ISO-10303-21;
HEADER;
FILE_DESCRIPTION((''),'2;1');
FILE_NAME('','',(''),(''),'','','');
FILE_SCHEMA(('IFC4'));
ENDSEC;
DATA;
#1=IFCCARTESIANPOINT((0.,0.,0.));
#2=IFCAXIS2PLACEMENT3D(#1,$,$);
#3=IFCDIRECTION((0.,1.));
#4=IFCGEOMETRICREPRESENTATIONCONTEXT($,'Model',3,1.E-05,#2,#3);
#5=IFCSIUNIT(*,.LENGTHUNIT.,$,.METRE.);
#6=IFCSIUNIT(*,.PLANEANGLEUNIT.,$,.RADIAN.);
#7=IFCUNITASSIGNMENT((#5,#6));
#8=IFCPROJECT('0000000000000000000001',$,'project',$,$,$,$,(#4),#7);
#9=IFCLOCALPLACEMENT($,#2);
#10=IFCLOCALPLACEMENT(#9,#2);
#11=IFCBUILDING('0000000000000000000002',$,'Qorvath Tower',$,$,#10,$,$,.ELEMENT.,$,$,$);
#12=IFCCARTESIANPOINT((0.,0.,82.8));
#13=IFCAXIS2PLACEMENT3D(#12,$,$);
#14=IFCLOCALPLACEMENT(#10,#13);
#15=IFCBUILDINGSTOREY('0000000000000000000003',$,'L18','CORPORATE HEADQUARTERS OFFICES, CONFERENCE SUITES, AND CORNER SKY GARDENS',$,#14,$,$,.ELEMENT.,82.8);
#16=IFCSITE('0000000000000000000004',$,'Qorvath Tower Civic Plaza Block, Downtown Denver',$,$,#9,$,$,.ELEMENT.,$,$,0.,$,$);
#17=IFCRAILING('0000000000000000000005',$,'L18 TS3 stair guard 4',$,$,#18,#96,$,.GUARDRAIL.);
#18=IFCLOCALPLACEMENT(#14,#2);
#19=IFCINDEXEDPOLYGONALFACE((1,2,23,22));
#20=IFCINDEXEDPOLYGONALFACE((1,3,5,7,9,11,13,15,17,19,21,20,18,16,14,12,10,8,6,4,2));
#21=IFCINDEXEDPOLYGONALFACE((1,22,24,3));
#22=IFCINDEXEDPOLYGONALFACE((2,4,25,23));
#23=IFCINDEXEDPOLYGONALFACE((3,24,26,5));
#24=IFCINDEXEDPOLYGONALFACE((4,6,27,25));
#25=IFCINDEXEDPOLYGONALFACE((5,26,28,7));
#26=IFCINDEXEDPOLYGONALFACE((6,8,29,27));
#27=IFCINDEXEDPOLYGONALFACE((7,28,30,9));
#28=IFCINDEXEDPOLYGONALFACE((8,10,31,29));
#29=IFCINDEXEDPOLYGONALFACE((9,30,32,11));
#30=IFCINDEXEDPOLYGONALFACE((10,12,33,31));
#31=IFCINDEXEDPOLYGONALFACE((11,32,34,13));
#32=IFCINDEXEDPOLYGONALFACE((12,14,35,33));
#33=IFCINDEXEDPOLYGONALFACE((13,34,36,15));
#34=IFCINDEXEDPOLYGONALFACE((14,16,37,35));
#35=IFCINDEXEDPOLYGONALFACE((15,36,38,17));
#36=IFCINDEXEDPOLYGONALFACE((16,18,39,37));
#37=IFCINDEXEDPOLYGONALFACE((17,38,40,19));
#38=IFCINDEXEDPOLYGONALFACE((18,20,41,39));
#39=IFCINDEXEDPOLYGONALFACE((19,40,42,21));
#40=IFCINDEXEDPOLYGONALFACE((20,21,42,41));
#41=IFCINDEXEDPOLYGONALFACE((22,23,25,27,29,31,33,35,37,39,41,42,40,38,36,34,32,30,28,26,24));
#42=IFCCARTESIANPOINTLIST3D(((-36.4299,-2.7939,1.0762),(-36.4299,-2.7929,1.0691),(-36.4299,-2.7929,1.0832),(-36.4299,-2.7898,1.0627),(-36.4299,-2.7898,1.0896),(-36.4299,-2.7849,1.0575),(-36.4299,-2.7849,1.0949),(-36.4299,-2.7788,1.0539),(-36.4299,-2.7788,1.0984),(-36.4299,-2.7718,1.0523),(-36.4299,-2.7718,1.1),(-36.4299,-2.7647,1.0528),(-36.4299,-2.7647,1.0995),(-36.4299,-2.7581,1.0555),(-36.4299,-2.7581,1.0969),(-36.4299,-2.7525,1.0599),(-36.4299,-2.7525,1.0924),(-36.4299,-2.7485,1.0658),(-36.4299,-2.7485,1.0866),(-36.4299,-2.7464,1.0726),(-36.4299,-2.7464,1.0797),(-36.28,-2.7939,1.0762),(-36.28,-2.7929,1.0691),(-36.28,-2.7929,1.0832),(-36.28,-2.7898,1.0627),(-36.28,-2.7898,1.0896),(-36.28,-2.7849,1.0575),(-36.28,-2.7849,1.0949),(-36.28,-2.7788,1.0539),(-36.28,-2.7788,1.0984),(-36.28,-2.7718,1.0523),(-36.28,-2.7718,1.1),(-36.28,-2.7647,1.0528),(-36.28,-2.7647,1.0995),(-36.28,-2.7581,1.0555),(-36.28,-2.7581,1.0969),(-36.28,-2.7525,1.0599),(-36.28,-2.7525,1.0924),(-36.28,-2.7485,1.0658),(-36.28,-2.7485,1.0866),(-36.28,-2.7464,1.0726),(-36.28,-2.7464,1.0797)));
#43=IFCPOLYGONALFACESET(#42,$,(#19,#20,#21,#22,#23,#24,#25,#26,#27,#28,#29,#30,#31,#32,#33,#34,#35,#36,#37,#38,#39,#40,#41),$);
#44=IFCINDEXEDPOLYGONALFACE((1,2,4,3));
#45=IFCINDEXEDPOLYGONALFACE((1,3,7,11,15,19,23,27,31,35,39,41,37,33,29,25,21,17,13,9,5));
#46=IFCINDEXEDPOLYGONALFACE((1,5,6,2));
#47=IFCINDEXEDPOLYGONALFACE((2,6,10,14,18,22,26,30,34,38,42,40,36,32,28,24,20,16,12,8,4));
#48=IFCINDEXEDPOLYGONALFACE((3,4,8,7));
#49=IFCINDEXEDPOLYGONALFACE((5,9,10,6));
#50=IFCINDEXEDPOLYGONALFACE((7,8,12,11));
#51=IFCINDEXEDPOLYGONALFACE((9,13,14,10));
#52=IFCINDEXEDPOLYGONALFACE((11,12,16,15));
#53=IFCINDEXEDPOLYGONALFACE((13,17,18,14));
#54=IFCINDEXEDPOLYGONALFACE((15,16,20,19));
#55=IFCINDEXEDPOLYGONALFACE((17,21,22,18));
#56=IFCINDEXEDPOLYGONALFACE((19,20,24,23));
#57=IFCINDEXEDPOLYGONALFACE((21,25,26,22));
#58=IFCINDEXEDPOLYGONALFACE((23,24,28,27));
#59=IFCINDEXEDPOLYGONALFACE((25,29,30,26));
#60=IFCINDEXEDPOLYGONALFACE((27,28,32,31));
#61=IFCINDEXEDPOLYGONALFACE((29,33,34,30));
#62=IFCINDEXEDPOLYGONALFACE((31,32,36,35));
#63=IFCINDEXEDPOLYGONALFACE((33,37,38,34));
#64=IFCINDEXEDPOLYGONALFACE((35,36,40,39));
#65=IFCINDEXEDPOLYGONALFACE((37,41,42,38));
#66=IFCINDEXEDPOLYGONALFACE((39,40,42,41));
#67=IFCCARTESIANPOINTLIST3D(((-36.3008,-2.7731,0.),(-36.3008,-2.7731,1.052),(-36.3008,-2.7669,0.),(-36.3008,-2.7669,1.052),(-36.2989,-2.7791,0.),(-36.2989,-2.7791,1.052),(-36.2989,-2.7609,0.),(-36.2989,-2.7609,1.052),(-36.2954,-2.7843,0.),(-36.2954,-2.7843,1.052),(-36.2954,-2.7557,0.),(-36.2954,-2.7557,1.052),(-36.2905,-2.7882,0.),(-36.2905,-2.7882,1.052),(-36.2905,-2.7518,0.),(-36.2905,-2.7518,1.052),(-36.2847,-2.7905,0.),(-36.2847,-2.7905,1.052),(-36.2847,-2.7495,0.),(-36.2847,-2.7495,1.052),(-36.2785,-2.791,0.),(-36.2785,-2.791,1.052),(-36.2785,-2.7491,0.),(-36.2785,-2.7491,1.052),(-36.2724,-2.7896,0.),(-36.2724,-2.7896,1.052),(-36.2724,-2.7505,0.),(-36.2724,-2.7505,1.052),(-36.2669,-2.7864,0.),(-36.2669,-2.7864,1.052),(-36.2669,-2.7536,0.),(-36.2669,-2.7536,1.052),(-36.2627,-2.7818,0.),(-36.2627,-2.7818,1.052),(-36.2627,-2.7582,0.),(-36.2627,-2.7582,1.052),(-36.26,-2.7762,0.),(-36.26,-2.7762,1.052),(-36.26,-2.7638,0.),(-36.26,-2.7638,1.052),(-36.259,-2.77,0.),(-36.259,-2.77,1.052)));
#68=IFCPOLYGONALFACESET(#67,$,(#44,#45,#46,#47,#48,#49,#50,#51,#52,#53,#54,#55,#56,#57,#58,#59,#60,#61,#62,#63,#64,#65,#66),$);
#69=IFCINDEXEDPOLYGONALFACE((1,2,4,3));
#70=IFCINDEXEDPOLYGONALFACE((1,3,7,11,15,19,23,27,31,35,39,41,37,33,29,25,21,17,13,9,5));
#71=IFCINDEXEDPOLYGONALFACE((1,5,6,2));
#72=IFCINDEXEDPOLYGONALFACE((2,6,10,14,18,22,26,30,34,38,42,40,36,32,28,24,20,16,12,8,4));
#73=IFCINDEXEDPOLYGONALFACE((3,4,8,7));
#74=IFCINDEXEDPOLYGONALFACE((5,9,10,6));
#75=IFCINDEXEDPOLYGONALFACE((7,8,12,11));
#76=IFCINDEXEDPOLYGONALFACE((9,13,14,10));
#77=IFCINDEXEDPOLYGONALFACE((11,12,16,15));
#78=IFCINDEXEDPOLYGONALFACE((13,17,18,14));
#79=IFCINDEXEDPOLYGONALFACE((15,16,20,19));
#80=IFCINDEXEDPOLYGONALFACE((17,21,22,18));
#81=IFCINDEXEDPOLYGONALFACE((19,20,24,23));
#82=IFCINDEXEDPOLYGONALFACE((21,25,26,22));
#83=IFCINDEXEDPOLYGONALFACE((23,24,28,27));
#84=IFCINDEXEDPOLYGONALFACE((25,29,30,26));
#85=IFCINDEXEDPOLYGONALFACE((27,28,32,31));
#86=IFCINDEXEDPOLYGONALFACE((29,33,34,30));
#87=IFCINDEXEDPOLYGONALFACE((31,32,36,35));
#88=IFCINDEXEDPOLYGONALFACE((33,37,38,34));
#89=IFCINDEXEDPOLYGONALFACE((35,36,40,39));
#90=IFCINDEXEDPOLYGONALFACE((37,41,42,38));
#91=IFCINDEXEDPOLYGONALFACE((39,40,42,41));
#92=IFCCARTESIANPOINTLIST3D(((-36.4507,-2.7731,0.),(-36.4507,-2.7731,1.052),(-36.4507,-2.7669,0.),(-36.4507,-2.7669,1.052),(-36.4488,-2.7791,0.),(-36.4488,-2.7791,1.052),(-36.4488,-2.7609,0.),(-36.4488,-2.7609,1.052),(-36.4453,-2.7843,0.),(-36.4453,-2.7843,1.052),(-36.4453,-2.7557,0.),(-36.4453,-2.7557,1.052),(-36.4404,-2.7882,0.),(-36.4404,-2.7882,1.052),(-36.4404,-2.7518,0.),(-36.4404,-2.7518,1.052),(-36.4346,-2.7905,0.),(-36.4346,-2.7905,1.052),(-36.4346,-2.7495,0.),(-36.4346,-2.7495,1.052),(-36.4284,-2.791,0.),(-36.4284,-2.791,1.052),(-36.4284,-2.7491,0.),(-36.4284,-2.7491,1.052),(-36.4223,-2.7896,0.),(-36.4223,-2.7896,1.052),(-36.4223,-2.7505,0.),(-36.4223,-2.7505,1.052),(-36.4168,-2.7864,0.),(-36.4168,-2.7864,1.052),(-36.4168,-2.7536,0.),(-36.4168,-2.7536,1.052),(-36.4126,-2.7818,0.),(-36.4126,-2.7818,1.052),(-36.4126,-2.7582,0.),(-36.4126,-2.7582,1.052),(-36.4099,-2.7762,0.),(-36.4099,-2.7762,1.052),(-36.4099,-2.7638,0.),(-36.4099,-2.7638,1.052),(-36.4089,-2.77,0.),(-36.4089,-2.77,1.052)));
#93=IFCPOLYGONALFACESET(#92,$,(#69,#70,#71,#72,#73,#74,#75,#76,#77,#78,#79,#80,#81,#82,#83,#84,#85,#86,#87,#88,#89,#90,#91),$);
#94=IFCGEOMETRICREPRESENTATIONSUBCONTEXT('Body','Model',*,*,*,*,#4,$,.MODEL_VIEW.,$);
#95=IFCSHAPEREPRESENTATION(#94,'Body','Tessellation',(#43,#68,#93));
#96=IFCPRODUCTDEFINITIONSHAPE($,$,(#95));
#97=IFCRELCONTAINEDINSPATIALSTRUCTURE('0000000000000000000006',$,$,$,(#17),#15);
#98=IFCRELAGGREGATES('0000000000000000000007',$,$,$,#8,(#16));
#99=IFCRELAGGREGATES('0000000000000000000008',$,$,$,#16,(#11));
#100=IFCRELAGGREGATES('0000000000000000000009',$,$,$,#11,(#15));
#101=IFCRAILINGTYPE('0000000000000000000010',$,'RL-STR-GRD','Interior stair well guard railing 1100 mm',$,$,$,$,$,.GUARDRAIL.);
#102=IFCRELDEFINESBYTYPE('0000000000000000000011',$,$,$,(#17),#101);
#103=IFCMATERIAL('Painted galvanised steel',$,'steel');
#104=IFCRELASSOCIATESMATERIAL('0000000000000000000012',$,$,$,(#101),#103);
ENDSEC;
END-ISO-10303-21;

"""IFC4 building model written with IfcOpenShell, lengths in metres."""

from ifc_helpers import new_model, si_unit, direction, frame, origin, origin_2d, place, context, subcontext, project, spatial, circle, extrude, material, type_object, element, save


model = new_model("IFC4")

# Units and contexts
model_context = context("Model", 3, precision=1e-05, world=origin(), true_north=direction((0.0, 1.0)))
body_context = subcontext(model_context, "Body", "Model", "MODEL_VIEW")
ifc_project = project(units=[si_unit("LENGTHUNIT", "METRE"), si_unit("PLANEANGLEUNIT", "RADIAN")], contexts=[model_context])

# Site, building, storey
site_placement = place(None, origin())
site = spatial("IfcSite", under=ifc_project, at=site_placement, Name="Qorvath Tower Civic Plaza Block, Downtown Denver", CompositionType="ELEMENT", RefElevation=0.0)
building_placement = place(site_placement, origin())
building = spatial("IfcBuilding", under=site, at=building_placement, Name="Qorvath Tower", CompositionType="ELEMENT")
storey_placement = place(building_placement, frame((0.0, 0.0, 82.8)))
storey = spatial("IfcBuildingStorey", under=building, at=storey_placement, Name="L18", Description="CORPORATE HEADQUARTERS OFFICES, CONFERENCE SUITES, AND CORNER SKY GARDENS", CompositionType="ELEMENT", Elevation=82.8)

# Railing
ifc_material_1 = material(Name="Painted galvanised steel", Category="steel")
railing_type_1 = type_object("IfcRailingType", Name="RL-STR-GRD", Description="Interior stair well guard railing 1100 mm", PredefinedType="GUARDRAIL", material=ifc_material_1)
railing_1_placement = place(storey_placement, frame((-36.28, -2.77, 0.0)))
element("IfcRailing", 1, at=railing_1_placement, inside=storey, type_object=railing_type_1, Name="L18 TS3 stair guard 4", PredefinedType="GUARDRAIL", context=body_context, shape_type="SweptSolid", body=[
    extrude(circle(Radius=0.0239, at=origin_2d()), frame((0.0, 0.0, 1.0762), z_axis=(-1.0, 0.0, 0.0), x_axis=(0.0, -1.0, 0.0)), (0.0, 0.0, 1.0), 0.1499),
    extrude(circle(Radius=0.021, at=origin_2d()), origin(), (0.0, 0.0, 1.0), 1.052),
    extrude(circle(Radius=0.021, at=origin_2d()), frame((-0.1499, 0.0, 0.0)), (0.0, 0.0, 1.0), 1.052),
])

save(model, "model.ifc")
